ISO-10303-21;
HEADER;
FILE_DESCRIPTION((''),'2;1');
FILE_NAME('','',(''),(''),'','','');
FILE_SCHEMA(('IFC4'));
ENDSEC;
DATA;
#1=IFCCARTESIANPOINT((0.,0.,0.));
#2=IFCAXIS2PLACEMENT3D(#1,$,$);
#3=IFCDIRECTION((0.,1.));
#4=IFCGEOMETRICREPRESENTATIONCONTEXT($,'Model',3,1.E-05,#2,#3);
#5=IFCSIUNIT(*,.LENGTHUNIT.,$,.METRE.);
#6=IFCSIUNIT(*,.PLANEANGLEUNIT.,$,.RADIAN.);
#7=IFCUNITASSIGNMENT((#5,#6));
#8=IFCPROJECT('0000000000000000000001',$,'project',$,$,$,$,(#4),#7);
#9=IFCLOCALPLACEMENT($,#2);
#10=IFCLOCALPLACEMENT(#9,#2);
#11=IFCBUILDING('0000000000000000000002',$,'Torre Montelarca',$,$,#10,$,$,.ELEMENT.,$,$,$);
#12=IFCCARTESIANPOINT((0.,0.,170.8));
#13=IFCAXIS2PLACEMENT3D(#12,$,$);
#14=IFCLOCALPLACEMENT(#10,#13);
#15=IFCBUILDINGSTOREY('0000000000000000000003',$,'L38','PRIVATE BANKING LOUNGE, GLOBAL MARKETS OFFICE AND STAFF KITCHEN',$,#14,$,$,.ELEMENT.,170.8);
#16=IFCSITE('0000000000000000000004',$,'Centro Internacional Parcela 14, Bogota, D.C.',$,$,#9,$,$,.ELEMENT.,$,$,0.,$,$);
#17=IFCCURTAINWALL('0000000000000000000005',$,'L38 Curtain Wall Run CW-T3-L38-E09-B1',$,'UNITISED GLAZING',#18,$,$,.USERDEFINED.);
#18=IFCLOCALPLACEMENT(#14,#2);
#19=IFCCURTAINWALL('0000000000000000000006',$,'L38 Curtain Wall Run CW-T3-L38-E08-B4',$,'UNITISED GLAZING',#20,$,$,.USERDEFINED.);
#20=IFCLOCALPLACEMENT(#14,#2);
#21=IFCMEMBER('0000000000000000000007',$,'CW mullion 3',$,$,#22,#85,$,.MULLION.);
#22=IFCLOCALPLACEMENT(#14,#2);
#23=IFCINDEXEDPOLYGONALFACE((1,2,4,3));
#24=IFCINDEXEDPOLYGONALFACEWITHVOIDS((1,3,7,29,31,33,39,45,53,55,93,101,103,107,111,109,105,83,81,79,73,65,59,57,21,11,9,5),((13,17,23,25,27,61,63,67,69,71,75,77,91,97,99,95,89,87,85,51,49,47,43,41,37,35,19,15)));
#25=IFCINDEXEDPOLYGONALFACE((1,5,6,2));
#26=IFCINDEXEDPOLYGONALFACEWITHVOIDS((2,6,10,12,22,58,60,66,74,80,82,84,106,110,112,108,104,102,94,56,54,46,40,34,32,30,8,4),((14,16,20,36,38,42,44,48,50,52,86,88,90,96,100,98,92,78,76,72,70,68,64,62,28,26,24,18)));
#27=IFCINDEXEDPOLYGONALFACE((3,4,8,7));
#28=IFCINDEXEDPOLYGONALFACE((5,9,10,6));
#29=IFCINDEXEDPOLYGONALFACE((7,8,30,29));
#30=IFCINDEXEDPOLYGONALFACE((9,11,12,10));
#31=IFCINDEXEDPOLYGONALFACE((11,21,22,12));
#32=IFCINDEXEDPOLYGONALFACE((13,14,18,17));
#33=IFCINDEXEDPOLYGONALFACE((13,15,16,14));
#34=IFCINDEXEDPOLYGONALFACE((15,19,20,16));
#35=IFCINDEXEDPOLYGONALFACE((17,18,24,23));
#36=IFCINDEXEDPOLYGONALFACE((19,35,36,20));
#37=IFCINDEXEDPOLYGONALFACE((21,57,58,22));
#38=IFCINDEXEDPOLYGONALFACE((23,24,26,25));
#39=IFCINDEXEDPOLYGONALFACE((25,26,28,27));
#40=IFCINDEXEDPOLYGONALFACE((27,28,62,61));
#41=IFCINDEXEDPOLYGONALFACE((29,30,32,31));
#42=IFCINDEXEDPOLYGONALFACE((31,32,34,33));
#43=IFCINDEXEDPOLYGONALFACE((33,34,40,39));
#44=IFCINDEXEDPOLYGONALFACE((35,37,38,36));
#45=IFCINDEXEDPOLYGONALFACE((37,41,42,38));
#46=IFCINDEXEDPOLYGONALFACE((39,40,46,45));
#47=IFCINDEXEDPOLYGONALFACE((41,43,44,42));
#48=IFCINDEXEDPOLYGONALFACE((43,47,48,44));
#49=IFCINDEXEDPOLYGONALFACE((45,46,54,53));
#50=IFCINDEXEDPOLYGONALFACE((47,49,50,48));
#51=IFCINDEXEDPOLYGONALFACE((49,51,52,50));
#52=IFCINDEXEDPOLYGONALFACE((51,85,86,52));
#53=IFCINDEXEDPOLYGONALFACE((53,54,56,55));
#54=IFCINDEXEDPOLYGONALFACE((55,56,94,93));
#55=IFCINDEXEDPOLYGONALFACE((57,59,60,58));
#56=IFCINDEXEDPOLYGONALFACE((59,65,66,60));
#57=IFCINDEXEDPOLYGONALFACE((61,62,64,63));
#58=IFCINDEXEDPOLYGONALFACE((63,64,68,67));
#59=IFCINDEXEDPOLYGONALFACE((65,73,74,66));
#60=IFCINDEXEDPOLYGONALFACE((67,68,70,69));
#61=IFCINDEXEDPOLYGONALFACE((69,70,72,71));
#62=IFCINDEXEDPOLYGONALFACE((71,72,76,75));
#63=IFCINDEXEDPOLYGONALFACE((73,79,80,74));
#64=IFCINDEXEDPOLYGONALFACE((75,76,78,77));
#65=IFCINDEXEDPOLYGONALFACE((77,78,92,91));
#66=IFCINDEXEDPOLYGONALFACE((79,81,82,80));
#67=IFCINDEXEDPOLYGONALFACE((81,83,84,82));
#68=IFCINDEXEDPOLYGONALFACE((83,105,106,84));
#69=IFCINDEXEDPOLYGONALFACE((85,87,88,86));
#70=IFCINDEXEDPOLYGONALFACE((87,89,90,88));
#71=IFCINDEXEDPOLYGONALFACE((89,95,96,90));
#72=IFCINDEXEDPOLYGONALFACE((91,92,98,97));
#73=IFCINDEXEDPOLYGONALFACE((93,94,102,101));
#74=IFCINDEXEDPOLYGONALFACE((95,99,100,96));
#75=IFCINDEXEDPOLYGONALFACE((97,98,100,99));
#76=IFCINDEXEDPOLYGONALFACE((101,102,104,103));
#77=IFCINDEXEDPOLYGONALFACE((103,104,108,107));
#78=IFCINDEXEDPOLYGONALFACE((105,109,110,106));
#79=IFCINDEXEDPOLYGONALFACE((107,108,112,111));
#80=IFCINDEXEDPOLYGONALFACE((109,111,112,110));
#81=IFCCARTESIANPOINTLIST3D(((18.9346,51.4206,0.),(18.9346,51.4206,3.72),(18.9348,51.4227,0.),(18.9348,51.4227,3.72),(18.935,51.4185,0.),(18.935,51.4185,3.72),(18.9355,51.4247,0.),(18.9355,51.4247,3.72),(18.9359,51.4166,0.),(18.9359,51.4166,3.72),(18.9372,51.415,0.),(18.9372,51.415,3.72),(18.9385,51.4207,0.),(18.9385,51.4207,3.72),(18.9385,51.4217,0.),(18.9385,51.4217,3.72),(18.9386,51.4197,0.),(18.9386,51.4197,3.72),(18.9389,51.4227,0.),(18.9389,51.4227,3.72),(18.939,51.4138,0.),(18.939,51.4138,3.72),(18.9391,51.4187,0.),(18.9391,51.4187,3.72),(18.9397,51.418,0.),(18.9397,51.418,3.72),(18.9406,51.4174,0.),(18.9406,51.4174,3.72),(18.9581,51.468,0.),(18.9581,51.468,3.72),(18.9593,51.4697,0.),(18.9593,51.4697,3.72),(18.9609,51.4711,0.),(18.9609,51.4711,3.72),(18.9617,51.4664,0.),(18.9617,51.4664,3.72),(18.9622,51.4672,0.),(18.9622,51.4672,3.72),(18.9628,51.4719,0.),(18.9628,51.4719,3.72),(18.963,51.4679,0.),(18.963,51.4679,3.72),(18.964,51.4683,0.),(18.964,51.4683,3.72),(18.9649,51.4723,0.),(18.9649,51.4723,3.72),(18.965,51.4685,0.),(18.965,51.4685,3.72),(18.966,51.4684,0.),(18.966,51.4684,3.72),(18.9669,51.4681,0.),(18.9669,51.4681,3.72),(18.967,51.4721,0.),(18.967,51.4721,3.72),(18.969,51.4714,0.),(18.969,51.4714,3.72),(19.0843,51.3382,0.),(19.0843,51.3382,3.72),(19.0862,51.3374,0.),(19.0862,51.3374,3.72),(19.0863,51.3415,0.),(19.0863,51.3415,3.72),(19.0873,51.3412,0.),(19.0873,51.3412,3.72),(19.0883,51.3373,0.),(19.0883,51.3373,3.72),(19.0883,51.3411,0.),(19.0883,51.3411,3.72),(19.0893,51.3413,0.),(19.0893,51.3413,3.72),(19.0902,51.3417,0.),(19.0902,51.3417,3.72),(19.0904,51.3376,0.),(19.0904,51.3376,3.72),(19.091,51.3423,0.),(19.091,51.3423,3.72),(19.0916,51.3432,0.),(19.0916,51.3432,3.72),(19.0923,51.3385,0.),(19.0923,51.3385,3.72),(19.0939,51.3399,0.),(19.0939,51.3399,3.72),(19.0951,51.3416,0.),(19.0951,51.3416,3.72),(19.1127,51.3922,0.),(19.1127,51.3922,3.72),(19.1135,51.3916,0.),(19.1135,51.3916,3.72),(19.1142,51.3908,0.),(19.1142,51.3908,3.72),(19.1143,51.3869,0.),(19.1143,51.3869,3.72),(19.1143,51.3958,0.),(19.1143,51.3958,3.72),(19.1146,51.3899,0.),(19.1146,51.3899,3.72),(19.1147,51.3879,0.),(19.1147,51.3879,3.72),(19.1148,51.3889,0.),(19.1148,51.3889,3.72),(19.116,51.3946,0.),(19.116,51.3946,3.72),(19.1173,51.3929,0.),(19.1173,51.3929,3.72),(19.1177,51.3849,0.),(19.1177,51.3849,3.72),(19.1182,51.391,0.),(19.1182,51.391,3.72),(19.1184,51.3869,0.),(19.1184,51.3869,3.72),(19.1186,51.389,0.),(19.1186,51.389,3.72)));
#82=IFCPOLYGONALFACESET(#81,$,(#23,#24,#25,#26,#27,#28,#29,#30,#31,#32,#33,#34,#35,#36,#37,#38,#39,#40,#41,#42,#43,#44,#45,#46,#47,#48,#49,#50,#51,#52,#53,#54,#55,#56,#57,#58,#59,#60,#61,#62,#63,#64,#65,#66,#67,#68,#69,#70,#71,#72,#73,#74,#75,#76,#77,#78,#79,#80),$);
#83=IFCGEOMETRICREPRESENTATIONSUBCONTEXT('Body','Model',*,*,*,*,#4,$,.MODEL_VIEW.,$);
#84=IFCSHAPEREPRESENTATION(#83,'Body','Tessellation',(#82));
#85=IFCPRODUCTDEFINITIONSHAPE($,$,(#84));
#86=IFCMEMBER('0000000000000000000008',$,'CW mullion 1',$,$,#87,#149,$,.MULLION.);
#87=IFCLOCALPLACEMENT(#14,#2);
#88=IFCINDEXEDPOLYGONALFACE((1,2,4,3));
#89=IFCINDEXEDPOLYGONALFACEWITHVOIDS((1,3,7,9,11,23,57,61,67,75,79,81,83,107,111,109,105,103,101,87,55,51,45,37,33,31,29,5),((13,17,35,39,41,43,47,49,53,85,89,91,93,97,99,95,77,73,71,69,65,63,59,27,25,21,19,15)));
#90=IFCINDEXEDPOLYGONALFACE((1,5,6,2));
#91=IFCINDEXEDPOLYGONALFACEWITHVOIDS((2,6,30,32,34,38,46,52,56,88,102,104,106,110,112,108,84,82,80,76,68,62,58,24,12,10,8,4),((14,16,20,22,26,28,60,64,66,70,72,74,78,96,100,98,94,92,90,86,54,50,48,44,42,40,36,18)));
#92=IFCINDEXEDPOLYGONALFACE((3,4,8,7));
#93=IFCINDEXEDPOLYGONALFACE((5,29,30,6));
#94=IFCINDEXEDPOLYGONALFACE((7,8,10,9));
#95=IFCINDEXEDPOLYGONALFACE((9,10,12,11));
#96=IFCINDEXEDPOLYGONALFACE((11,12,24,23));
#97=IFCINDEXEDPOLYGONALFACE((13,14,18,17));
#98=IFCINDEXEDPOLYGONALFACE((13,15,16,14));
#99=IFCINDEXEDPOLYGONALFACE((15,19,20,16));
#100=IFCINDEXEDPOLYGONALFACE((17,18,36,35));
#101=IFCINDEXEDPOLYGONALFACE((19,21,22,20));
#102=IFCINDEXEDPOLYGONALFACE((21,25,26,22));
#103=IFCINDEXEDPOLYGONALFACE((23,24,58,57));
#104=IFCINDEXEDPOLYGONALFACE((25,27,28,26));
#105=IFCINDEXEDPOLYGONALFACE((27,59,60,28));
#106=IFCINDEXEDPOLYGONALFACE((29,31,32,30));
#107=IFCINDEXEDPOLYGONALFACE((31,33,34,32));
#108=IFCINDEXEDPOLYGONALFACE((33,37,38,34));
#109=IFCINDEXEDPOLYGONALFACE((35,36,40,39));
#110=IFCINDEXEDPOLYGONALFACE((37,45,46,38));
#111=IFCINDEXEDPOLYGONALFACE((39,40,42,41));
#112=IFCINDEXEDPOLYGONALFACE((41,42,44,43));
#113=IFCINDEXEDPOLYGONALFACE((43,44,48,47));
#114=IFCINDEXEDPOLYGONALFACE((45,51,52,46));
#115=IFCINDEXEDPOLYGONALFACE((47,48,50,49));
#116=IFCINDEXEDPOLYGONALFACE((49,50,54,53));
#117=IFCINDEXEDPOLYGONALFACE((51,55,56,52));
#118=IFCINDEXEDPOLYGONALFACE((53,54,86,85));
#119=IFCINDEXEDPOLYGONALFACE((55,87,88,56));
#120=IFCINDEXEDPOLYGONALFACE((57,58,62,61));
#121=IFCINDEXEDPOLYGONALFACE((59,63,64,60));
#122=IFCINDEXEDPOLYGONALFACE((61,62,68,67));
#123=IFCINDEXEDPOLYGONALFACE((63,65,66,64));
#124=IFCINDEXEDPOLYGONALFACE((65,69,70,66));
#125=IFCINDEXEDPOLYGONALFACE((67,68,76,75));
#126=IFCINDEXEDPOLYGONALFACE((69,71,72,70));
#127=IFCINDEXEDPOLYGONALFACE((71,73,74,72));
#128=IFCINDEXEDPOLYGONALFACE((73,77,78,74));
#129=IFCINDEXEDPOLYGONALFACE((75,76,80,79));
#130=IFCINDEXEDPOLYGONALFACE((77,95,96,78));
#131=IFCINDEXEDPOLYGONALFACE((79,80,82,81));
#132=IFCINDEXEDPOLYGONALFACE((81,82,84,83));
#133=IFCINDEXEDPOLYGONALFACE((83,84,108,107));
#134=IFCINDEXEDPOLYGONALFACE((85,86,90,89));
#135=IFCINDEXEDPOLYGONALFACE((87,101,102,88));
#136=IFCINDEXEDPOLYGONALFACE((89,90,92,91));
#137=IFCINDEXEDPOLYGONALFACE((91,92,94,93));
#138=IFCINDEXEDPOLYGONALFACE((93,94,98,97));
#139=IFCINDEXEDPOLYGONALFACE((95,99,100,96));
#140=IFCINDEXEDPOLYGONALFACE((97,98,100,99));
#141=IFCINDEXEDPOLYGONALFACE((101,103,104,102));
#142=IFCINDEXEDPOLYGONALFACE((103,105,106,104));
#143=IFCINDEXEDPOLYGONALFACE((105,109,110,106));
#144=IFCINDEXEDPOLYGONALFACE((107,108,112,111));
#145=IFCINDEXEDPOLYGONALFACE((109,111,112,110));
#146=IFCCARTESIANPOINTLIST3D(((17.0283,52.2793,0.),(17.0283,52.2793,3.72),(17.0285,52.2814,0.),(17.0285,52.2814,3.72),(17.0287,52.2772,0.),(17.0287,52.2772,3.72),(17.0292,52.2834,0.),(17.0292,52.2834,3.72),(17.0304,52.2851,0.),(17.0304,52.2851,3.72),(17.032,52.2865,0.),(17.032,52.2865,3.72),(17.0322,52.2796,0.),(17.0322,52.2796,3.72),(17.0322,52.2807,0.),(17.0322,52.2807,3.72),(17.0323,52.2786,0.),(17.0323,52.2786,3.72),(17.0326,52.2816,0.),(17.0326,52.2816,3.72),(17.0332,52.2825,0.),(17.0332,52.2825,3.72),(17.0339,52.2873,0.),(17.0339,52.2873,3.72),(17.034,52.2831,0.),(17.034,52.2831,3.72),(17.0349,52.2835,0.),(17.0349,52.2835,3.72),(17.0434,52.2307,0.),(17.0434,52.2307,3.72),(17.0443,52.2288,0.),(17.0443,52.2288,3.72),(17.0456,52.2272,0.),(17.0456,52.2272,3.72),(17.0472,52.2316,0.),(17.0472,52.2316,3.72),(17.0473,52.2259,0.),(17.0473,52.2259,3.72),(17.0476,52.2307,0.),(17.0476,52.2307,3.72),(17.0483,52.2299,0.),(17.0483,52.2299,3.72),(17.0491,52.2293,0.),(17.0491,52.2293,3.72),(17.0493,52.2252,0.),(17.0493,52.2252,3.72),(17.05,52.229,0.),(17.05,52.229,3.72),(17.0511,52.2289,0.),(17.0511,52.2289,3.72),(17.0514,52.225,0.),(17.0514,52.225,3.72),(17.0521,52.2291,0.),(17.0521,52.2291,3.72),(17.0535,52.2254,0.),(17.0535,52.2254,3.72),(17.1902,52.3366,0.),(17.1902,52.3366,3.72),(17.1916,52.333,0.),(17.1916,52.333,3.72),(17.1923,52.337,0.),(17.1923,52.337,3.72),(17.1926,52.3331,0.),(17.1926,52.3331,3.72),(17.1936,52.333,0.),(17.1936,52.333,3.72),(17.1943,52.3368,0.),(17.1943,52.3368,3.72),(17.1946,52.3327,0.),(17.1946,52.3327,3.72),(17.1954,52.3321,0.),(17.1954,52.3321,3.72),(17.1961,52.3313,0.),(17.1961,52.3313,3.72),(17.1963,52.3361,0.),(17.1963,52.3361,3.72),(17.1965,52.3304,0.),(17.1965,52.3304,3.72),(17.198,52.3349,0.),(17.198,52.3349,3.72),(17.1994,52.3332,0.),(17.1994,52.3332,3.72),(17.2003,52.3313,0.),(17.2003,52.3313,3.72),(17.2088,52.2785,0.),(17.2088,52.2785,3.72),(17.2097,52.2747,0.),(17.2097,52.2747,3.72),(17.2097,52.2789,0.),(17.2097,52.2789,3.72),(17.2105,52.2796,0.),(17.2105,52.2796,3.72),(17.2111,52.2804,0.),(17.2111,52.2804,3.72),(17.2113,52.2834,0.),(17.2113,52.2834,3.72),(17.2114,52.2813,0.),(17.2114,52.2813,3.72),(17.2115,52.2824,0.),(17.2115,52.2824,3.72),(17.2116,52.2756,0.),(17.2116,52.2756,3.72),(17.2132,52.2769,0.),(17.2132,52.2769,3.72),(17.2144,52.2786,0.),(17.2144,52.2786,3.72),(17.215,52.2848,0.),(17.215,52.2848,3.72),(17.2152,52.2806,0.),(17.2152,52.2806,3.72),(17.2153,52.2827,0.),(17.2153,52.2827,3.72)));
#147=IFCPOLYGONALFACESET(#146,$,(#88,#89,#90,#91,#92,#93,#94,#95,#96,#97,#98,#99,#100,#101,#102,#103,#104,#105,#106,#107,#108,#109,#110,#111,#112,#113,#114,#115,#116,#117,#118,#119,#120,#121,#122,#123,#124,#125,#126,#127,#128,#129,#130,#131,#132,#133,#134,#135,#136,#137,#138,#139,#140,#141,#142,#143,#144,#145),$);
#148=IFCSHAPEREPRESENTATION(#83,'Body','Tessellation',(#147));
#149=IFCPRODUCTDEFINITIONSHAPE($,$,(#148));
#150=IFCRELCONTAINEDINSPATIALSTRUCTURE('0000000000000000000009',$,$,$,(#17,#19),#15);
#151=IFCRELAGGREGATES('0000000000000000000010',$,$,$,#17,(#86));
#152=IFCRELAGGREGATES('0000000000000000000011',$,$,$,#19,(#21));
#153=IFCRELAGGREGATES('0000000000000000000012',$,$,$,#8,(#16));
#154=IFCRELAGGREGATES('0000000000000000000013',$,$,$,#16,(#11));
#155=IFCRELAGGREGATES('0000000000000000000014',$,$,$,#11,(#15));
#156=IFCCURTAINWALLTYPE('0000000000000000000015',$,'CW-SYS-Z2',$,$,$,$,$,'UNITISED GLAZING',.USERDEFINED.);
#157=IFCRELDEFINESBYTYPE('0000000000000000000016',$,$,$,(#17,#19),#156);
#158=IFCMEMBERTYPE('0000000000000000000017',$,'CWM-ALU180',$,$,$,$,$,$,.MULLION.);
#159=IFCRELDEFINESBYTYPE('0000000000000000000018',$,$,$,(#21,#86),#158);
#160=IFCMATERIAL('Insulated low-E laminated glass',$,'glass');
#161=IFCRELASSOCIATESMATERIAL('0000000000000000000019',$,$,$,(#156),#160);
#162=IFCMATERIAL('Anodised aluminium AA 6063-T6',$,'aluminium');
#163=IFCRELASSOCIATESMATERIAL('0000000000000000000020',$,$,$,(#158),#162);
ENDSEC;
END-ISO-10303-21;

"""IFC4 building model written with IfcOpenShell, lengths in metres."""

from ifc_helpers import new_model, si_unit, direction, frame, origin, origin_2d, place, context, subcontext, project, spatial, hollow_rectangle, extrude, source, transform, mapped, material, material_profile, profile_set, type_object, element, aggregate, save


model = new_model("IFC4")

# Units and contexts
model_context = context("Model", 3, precision=1e-05, world=origin(), true_north=direction((0.0, 1.0)))
body_context = subcontext(model_context, "Body", "Model", "MODEL_VIEW")
ifc_project = project(units=[si_unit("LENGTHUNIT", "METRE"), si_unit("PLANEANGLEUNIT", "RADIAN")], contexts=[model_context])

# Site, building, storey
site_placement = place(None, origin())
site = spatial("IfcSite", under=ifc_project, at=site_placement, Name="Centro Internacional Parcela 14, Bogota, D.C.", CompositionType="ELEMENT", RefElevation=0.0)
building_placement = place(site_placement, origin())
building = spatial("IfcBuilding", under=site, at=building_placement, Name="Torre Montelarca", CompositionType="ELEMENT")
storey_placement = place(building_placement, frame((0.0, 0.0, 170.8)))
storey = spatial("IfcBuildingStorey", under=building, at=storey_placement, Name="L38", Description="PRIVATE BANKING LOUNGE, GLOBAL MARKETS OFFICE AND STAFF KITCHEN", CompositionType="ELEMENT", Elevation=170.8)

# Curtain wall
ifc_material_1 = material(Name="Insulated low-E laminated glass", Category="glass")
curtain_wall_type = type_object("IfcCurtainWallType", Name="CW-SYS-Z2", ElementType="UNITISED GLAZING", PredefinedType="USERDEFINED", material=ifc_material_1)
curtain_wall_1_placement = place(storey_placement, origin())
curtain_wall_1 = element("IfcCurtainWall", 1, at=curtain_wall_1_placement, inside=storey, type_object=curtain_wall_type, Name="L38 Curtain Wall Run CW-T3-L38-E09-B1", ObjectType="UNITISED GLAZING", PredefinedType="USERDEFINED")
ifc_material_2 = material(Name="Anodised aluminium AA 6063-T6", Category="aluminium")

# Curtain wall, member
curtain_wall_2_placement = place(storey_placement, origin())
curtain_wall_2 = element("IfcCurtainWall", 2, at=curtain_wall_2_placement, inside=storey, type_object=curtain_wall_type, Name="L38 Curtain Wall Run CW-T3-L38-E08-B4", ObjectType="UNITISED GLAZING", PredefinedType="USERDEFINED")
ifc_material_profile_1 = material_profile(ifc_material_2, hollow_rectangle(XDim=0.0649, YDim=0.1799, WallThickness=0.0039, InnerFilletRadius=0.0039, OuterFilletRadius=0.0081, at=origin_2d()), Name="ALU65X180X4", Category="aluminium")
ifc_profile_set_1 = profile_set([ifc_material_profile_1], Name="Anodised aluminium AA 6063-T6")
member_type_1 = type_object("IfcMemberType", Name="CWM-ALU180", PredefinedType="MULLION", material=ifc_profile_set_1)
shared_shape_1 = source(origin(), body_context, "Body", "SweptSolid", [
    extrude(hollow_rectangle(XDim=0.0649, YDim=0.1799, WallThickness=0.0039, InnerFilletRadius=0.0039, OuterFilletRadius=0.0081, at=origin_2d()), origin(), (0.0, 0.0, 1.0), 3.72),
])
member_1_placement = place(storey_placement, frame((19.0266, 51.4048, 0.0), z_axis=(0.0, 0.0, 1.0), x_axis=(-0.461748, -0.887011, 0.0)))
member_1 = element("IfcMember", 3, at=member_1_placement, type_object=member_type_1, Name="CW mullion 3", PredefinedType="MULLION", context=body_context, shape_type="MappedRepresentation", body=[
    mapped(shared_shape_1, transform((0.0, 0.0, 0.0), scale=1.0)),
])

# Member
member_2_placement = place(storey_placement, frame((17.1218, 52.281, 0.0), z_axis=(0.0, 0.0, 1.0), x_axis=(0.300699, -0.953719, 0.0)))
member_2 = element("IfcMember", 4, at=member_2_placement, type_object=member_type_1, Name="CW mullion 1", PredefinedType="MULLION", context=body_context, shape_type="MappedRepresentation", body=[
    mapped(shared_shape_1, transform((0.0, 0.0, 0.0), scale=1.0)),
])

aggregate(curtain_wall_1, [member_2])
aggregate(curtain_wall_2, [member_1])

save(model, "model.ifc")
